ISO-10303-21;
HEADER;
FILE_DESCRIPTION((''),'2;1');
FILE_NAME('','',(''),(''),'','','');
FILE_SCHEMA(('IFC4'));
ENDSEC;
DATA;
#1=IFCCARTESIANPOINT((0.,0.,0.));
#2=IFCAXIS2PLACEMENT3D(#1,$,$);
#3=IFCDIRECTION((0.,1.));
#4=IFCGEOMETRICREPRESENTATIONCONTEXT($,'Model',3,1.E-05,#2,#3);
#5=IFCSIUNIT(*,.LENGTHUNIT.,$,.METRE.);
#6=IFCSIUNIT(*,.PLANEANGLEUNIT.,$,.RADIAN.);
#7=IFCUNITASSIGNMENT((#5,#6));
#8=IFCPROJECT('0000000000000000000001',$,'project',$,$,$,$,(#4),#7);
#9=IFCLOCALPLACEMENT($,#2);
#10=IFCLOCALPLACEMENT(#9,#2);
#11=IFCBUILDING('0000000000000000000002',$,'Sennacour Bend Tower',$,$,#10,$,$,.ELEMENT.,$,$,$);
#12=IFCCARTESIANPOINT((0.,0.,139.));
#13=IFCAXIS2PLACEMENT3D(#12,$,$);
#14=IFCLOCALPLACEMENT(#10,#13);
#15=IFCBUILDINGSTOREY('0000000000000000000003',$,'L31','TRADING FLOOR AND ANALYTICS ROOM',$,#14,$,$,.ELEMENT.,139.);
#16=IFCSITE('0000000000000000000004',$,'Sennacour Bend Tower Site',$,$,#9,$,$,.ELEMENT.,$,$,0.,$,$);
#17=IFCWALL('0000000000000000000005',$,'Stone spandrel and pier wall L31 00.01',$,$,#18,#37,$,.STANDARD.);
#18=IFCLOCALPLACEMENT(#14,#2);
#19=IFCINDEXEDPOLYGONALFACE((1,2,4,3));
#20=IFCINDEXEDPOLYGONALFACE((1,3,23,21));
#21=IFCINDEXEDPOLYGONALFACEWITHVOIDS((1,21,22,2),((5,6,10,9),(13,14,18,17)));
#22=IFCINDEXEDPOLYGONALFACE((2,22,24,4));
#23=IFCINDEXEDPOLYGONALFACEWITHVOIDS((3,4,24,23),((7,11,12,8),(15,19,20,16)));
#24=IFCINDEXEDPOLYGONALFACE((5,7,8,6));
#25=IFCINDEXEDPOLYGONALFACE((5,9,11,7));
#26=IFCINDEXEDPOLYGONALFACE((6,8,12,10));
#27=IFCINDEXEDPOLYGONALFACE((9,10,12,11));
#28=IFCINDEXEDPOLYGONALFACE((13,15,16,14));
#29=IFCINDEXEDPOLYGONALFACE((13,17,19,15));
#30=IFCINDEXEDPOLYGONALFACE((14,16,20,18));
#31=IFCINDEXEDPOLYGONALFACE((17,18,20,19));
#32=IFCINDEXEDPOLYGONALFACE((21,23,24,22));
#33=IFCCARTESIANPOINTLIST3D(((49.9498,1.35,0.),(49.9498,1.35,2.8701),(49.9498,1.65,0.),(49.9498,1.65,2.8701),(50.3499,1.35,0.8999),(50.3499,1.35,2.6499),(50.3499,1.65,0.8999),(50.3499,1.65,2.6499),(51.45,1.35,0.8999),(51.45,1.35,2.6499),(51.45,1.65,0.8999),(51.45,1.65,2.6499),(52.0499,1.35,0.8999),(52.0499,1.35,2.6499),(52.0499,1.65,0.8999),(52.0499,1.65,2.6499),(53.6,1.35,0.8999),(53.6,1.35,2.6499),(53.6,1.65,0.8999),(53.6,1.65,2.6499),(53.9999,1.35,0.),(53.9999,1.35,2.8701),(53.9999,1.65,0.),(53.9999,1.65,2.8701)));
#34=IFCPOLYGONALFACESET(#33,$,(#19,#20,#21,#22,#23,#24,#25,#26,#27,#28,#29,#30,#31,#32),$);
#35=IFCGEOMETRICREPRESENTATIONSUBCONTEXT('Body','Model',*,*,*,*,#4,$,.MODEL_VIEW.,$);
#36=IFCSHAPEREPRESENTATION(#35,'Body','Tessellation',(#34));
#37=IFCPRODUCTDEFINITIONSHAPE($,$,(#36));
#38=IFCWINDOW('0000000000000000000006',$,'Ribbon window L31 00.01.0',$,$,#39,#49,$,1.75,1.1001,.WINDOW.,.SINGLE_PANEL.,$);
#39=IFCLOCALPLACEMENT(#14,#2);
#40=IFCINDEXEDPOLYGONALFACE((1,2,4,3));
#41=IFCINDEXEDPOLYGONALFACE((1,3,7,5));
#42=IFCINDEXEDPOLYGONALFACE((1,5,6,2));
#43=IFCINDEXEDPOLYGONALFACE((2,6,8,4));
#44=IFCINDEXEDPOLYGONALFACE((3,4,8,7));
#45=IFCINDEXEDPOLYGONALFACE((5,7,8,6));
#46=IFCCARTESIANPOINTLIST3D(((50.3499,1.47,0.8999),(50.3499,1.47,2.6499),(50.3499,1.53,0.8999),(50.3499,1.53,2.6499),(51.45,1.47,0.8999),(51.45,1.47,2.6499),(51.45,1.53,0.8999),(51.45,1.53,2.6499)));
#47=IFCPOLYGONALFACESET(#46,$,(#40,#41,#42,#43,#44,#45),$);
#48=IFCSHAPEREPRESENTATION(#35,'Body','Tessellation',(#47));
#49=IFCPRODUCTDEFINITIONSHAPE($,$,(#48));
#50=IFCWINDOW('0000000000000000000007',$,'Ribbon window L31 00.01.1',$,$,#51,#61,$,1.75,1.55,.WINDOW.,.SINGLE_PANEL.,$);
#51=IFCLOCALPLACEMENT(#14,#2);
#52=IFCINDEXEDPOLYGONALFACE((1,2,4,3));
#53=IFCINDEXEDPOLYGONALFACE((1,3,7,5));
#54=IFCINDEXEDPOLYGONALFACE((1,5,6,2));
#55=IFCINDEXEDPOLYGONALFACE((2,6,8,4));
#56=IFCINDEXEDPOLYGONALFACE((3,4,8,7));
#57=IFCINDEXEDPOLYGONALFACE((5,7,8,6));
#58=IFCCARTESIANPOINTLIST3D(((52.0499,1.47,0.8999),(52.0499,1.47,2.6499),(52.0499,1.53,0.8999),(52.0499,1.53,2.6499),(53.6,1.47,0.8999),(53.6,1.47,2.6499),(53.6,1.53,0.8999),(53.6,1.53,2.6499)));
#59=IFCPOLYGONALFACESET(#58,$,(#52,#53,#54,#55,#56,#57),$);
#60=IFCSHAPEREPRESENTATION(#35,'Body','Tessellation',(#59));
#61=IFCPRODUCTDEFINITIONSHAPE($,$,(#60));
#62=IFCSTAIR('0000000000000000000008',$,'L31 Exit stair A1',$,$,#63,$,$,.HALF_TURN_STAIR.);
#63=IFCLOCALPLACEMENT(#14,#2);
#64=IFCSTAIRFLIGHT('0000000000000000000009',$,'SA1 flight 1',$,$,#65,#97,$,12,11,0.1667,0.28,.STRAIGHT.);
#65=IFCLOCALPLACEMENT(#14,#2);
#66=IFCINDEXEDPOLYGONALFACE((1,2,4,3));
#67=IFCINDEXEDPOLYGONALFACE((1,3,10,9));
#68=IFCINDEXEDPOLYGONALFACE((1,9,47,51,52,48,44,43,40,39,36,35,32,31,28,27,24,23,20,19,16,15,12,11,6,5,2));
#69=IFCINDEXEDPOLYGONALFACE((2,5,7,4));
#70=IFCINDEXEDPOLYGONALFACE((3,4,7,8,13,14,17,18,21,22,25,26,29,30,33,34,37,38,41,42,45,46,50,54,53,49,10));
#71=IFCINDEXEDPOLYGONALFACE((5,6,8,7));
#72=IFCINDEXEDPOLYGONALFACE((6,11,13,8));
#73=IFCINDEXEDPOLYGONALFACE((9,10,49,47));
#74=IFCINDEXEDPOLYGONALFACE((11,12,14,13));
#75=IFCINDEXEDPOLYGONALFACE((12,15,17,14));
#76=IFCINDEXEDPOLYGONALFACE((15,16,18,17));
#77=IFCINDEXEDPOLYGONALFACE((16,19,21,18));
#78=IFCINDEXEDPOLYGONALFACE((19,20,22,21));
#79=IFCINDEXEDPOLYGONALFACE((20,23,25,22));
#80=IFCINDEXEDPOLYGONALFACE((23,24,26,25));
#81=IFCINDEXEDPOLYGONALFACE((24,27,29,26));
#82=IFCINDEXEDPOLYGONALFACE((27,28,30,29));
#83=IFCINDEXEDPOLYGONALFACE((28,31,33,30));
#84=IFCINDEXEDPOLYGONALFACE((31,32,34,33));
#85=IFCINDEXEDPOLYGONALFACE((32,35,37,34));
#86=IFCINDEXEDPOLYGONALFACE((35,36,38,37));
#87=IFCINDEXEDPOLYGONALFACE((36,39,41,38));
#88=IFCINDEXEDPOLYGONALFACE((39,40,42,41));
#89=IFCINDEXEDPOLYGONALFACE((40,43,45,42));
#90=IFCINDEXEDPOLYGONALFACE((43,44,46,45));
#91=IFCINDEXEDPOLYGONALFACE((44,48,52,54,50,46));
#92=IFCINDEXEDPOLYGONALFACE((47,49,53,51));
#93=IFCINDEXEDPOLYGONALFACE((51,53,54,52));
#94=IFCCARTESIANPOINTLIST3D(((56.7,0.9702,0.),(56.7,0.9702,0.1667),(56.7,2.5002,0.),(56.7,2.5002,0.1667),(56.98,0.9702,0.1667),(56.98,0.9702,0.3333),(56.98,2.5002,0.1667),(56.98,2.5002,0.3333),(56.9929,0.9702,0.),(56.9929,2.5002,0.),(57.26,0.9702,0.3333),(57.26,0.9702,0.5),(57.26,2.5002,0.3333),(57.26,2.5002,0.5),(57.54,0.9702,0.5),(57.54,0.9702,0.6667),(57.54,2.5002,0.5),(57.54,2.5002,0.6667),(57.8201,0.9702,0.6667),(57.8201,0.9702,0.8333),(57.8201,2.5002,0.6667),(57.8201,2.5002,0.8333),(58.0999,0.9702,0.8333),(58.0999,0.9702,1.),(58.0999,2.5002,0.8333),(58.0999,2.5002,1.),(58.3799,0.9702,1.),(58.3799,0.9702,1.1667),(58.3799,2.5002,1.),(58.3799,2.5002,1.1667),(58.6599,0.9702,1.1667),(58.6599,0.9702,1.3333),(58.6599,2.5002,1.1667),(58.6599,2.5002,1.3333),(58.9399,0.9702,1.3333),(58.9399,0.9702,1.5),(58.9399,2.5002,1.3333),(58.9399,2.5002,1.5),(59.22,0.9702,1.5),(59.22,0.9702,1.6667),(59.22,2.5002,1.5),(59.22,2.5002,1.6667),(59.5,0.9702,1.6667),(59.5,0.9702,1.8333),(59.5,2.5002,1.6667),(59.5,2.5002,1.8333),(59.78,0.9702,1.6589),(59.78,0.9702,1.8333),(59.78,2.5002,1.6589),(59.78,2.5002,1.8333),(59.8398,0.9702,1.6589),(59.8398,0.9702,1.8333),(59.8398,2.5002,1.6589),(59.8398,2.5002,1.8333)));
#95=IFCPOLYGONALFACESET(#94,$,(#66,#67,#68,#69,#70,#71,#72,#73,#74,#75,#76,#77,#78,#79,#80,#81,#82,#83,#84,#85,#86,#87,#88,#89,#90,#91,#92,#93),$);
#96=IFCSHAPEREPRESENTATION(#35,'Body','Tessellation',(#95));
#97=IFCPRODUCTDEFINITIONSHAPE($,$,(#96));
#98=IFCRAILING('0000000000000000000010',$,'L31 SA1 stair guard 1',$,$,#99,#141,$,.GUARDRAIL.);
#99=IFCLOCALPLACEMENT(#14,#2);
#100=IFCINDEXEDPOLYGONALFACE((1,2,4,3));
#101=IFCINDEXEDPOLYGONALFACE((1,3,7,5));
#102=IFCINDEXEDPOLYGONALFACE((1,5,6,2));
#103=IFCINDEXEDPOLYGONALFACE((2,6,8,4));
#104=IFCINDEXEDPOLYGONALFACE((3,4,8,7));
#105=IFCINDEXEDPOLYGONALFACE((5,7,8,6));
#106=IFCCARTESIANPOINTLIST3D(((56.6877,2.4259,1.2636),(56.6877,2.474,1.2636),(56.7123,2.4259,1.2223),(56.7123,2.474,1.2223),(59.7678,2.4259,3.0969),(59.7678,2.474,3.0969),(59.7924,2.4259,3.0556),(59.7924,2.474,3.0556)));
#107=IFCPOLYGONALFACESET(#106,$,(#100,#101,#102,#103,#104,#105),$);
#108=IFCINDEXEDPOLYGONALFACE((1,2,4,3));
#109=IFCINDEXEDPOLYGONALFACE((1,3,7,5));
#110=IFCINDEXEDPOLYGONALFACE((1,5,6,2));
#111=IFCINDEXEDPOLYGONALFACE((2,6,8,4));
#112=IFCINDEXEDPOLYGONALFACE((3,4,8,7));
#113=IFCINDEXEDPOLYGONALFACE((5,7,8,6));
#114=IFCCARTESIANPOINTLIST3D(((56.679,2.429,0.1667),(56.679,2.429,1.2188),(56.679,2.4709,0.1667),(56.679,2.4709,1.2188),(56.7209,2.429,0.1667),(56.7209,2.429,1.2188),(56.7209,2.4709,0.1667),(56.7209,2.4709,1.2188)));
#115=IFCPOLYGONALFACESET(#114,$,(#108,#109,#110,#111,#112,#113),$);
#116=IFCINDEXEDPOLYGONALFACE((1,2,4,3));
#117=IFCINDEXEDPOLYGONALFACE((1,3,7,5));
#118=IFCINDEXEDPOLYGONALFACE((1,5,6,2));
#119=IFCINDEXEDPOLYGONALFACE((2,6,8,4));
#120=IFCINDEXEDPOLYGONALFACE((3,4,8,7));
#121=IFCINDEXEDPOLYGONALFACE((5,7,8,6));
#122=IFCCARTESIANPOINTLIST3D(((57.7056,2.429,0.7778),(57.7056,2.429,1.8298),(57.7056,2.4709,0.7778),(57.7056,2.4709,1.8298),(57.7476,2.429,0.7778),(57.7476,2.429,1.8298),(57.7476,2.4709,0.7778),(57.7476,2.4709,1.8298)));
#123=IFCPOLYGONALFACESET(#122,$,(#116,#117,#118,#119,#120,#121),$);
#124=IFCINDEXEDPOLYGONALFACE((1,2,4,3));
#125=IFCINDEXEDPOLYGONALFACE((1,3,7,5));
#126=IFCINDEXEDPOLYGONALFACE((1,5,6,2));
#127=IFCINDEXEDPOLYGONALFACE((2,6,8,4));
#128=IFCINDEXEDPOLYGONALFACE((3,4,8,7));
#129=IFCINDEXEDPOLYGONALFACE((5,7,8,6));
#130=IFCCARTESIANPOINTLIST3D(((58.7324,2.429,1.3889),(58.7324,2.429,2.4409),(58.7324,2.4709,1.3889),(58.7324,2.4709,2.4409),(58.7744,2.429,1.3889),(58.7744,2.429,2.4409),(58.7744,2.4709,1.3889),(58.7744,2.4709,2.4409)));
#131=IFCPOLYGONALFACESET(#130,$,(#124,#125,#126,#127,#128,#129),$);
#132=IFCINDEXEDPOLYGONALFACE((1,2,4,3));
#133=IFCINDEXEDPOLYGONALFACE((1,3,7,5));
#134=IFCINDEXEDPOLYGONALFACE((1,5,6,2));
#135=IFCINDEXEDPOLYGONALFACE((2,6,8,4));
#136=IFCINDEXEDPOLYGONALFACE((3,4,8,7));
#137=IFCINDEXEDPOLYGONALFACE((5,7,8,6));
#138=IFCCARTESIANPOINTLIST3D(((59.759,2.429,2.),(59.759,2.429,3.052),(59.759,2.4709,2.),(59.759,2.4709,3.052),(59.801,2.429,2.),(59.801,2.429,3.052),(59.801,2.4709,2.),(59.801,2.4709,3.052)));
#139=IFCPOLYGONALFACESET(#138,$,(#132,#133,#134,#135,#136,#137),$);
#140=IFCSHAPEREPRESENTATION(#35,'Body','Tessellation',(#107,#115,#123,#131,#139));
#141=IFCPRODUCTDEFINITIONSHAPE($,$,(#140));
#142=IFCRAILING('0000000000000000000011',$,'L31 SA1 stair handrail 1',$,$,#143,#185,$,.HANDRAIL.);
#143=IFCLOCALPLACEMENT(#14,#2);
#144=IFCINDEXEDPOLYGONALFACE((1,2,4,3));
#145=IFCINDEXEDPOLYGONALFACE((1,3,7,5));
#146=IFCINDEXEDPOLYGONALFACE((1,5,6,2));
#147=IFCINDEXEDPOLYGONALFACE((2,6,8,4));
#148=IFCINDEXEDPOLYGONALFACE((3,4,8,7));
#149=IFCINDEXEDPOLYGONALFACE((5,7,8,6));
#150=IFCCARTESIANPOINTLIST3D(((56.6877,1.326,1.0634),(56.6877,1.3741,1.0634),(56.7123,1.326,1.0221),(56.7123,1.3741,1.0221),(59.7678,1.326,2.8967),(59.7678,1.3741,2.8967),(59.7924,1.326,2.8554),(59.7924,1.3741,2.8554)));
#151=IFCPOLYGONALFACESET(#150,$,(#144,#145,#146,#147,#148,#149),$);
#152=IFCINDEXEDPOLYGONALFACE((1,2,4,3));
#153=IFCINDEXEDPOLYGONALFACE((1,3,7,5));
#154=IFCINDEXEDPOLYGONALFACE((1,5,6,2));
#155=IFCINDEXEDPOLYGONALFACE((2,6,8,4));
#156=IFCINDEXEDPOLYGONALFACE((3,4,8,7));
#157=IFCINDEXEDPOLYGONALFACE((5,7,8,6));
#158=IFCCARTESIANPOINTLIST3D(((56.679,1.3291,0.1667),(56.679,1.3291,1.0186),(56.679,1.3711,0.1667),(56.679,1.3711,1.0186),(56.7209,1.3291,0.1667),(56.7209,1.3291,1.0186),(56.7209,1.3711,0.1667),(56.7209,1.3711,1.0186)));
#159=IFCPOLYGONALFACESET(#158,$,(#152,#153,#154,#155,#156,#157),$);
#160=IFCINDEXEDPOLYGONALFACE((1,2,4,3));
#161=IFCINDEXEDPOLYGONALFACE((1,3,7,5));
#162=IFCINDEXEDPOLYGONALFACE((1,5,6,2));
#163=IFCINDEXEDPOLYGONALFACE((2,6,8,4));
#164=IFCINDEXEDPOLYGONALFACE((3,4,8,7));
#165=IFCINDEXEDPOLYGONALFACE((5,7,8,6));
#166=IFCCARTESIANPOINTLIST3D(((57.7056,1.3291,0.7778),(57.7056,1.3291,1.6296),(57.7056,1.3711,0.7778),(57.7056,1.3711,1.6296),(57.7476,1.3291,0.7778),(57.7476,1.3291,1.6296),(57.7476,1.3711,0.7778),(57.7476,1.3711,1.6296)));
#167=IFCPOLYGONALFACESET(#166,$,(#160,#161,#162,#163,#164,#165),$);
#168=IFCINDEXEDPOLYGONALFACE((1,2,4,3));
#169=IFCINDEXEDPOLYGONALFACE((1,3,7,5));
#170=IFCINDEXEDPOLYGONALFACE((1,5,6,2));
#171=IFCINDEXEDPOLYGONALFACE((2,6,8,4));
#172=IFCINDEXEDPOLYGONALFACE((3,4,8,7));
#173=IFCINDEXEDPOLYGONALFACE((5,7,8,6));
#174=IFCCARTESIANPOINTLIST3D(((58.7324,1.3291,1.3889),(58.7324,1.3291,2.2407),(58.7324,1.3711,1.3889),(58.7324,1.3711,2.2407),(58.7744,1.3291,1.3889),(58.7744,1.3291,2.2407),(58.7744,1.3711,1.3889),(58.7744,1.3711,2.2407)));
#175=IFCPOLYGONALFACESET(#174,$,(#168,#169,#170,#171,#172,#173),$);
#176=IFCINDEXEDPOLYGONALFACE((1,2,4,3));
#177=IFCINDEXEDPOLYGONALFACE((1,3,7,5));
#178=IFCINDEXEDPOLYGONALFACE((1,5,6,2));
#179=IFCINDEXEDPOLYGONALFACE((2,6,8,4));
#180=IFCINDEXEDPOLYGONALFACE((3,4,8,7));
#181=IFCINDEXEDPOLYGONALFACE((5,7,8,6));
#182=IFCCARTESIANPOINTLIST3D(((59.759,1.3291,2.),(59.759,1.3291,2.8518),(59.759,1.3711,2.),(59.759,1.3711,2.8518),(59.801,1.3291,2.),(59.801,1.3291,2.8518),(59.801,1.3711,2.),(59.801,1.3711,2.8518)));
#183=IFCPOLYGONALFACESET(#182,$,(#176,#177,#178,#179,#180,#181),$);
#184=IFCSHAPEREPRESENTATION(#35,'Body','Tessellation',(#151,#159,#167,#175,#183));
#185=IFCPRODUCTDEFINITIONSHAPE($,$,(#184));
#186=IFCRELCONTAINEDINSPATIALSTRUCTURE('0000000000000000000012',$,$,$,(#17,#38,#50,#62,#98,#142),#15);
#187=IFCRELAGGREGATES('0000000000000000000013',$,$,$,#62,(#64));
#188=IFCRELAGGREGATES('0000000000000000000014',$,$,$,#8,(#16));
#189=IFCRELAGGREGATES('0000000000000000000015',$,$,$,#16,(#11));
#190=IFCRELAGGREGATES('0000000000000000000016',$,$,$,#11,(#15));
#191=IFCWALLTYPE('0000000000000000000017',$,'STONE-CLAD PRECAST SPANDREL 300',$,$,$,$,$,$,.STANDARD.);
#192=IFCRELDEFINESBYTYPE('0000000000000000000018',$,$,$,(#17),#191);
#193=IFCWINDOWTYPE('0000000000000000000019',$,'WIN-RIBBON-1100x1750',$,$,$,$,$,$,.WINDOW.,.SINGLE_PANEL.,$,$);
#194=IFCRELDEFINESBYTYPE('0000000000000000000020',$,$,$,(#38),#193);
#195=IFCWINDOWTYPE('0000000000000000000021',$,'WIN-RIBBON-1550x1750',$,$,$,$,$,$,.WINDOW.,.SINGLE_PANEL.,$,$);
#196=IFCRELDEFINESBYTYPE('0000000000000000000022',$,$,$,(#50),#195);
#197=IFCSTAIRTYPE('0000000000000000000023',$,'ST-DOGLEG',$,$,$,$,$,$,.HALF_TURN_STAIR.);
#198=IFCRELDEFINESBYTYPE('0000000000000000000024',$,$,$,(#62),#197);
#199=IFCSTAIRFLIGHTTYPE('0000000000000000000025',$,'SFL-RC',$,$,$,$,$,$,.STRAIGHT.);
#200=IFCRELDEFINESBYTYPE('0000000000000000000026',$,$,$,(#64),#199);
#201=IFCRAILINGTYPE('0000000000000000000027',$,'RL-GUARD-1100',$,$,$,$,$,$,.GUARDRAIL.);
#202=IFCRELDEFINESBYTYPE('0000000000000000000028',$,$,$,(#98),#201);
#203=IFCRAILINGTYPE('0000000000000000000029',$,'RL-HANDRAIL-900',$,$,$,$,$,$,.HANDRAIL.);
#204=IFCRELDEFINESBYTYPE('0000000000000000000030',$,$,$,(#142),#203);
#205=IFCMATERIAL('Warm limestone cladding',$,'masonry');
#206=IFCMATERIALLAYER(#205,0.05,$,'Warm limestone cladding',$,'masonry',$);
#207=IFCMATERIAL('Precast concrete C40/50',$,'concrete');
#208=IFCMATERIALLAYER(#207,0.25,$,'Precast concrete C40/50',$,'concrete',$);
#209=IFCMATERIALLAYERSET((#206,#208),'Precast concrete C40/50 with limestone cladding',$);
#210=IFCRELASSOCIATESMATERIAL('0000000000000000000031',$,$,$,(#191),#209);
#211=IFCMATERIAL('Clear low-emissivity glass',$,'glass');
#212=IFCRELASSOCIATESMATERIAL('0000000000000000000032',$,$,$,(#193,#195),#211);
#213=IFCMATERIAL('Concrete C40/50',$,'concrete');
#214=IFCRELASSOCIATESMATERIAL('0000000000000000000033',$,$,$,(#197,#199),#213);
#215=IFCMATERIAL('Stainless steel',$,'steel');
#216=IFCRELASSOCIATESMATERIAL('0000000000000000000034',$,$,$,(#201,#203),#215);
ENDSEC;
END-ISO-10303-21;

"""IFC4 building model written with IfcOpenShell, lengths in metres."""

from ifc_helpers import new_model, si_unit, direction, frame, frame_2d, origin, origin_2d, place, context, subcontext, project, spatial, polyline, rectangle, outline, extrude, material, layer, layer_set, type_object, element, fill, aggregate, save


model = new_model("IFC4")

# Units and contexts
model_context = context("Model", 3, precision=1e-05, world=origin(), true_north=direction((0.0, 1.0)))
body_context = subcontext(model_context, "Body", "Model", "MODEL_VIEW")
ifc_project = project(units=[si_unit("LENGTHUNIT", "METRE"), si_unit("PLANEANGLEUNIT", "RADIAN")], contexts=[model_context])

# Site, building, storey
site_placement = place(None, origin())
site = spatial("IfcSite", under=ifc_project, at=site_placement, Name="Sennacour Bend Tower Site", CompositionType="ELEMENT", RefElevation=0.0)
building_placement = place(site_placement, origin())
building = spatial("IfcBuilding", under=site, at=building_placement, Name="Sennacour Bend Tower", CompositionType="ELEMENT")
storey_placement = place(building_placement, frame((0.0, 0.0, 139.0)))
storey = spatial("IfcBuildingStorey", under=building, at=storey_placement, Name="L31", Description="TRADING FLOOR AND ANALYTICS ROOM", CompositionType="ELEMENT", Elevation=139.0)

# Wall, openings, windows
ifc_material_1 = material(Name="Warm limestone cladding", Category="masonry")
ifc_layer_1 = layer(ifc_material_1, 0.05, Name="Warm limestone cladding", Category="masonry")
ifc_material_2 = material(Name="Precast concrete C40/50", Category="concrete")
ifc_layer_2 = layer(ifc_material_2, 0.25, Name="Precast concrete C40/50", Category="concrete")
ifc_layer_set_1 = layer_set([ifc_layer_1, ifc_layer_2], Name="Precast concrete C40/50 with limestone cladding")
wall_type_1 = type_object("IfcWallType", Name="STONE-CLAD PRECAST SPANDREL 300", PredefinedType="STANDARD", material=ifc_layer_set_1)
wall_1_placement = place(storey_placement, frame((49.95, 1.5, 0.0), z_axis=(0.0, 0.0, 1.0), x_axis=(1.0, 0.0, 0.0)))
wall_1 = element("IfcWall", 1, at=wall_1_placement, inside=storey, type_object=wall_type_1, Name="Stone spandrel and pier wall L31 00.01", PredefinedType="STANDARD", context=body_context, shape_type="SweptSolid", body=[
    extrude(rectangle(XDim=4.05, YDim=0.3, at=frame_2d((2.0249, 0.0))), origin(), (0.0, 0.0, 1.0), 2.8701),
])
opening_1_placement = place(wall_1_placement, frame((0.3999, 0.0, 0.8999)))
opening_1 = element("IfcOpeningElement", 2, at=opening_1_placement, cuts=wall_1, PredefinedType="OPENING", context=body_context, shape_type="SweptSolid", body=[
    extrude(rectangle(XDim=1.1001, YDim=1.75, at=frame_2d((0.55, 0.875))), frame((0.0, 0.1602, 0.0), z_axis=(0.0, -1.0, 0.0), x_axis=(1.0, 0.0, 0.0)), (0.0, 0.0, 1.0), 0.3201),
])
opening_2_placement = place(wall_1_placement, frame((2.1001, 0.0, 0.8999)))
opening_2 = element("IfcOpeningElement", 3, at=opening_2_placement, cuts=wall_1, PredefinedType="OPENING", context=body_context, shape_type="SweptSolid", body=[
    extrude(rectangle(XDim=1.55, YDim=1.75, at=frame_2d((0.7749, 0.875))), frame((0.0, 0.1602, 0.0), z_axis=(0.0, -1.0, 0.0), x_axis=(1.0, 0.0, 0.0)), (0.0, 0.0, 1.0), 0.3201),
])
ifc_material_3 = material(Name="Clear low-emissivity glass", Category="glass")
window_type_1 = type_object("IfcWindowType", Name="WIN-RIBBON-1100x1750", PartitioningType="SINGLE_PANEL", PredefinedType="WINDOW", material=ifc_material_3)
window_1_placement = place(opening_1_placement, origin())
window_1 = element("IfcWindow", 4, at=window_1_placement, inside=storey, type_object=window_type_1, Name="Ribbon window L31 00.01.0", OverallHeight=1.75, OverallWidth=1.1001, PartitioningType="SINGLE_PANEL", PredefinedType="WINDOW", context=body_context, shape_type="SweptSolid", body=[
    extrude(rectangle(XDim=1.1001, YDim=1.75, at=frame_2d((0.55, 0.875))), frame((0.0, 0.03, 0.0), z_axis=(0.0, -1.0, 0.0), x_axis=(1.0, 0.0, 0.0)), (0.0, 0.0, 1.0), 0.0601),
])
fill(opening_1, window_1)
window_type_2 = type_object("IfcWindowType", Name="WIN-RIBBON-1550x1750", PartitioningType="SINGLE_PANEL", PredefinedType="WINDOW", material=ifc_material_3)
window_2_placement = place(opening_2_placement, origin())
window_2 = element("IfcWindow", 5, at=window_2_placement, inside=storey, type_object=window_type_2, Name="Ribbon window L31 00.01.1", OverallHeight=1.75, OverallWidth=1.55, PartitioningType="SINGLE_PANEL", PredefinedType="WINDOW", context=body_context, shape_type="SweptSolid", body=[
    extrude(rectangle(XDim=1.55, YDim=1.75, at=frame_2d((0.7749, 0.875))), frame((0.0, 0.03, 0.0), z_axis=(0.0, -1.0, 0.0), x_axis=(1.0, 0.0, 0.0)), (0.0, 0.0, 1.0), 0.0601),
])
fill(opening_2, window_2)

# Stair, stair flight
ifc_material_4 = material(Name="Concrete C40/50", Category="concrete")
stair_type = type_object("IfcStairType", Name="ST-DOGLEG", PredefinedType="HALF_TURN_STAIR", material=ifc_material_4)
stair_placement = place(storey_placement, origin())
stair = element("IfcStair", 6, at=stair_placement, inside=storey, type_object=stair_type, Name="L31 Exit stair A1", PredefinedType="HALF_TURN_STAIR")
stair_flight_type = type_object("IfcStairFlightType", Name="SFL-RC", PredefinedType="STRAIGHT", material=ifc_material_4)
stair_flight_placement = place(storey_placement, frame((56.7, 1.7351, 0.0), z_axis=(0.0, 0.0, 1.0), x_axis=(1.0, 0.0, 0.0)))
stair_flight = element("IfcStairFlight", 7, at=stair_flight_placement, type_object=stair_flight_type, Name="SA1 flight 1", NumberOfRisers=12, NumberOfTreads=11, PredefinedType="STRAIGHT", RiserHeight=0.1667, TreadLength=0.28, context=body_context, shape_type="SweptSolid", body=[
    extrude(outline(polyline([(0.0, 0.0), (0.0, 0.1667), (0.28, 0.1667), (0.28, 0.3333), (0.5601, 0.3333), (0.5601, 0.5), (0.8401, 0.5), (0.8401, 0.6667), (1.1201, 0.6667), (1.1201, 0.8333), (1.3999, 0.8333), (1.3999, 1.0), (1.6799, 1.0), (1.6799, 1.1667), (1.96, 1.1667), (1.96, 1.3333), (2.24, 1.3333), (2.24, 1.5), (2.52, 1.5), (2.52, 1.6667), (2.8, 1.6667), (2.8, 1.8333), (3.0801, 1.8333), (3.1399, 1.8333), (3.1399, 1.6589), (3.0801, 1.6589), (0.293, 0.0), (0.0, 0.0)])), frame((0.0, 0.7651, 0.0), z_axis=(0.0, -1.0, 0.0), x_axis=(1.0, 0.0, 0.0)), (0.0, 0.0, 1.0), 1.53),
])
aggregate(stair, [stair_flight])

# Railings
ifc_material_5 = material(Name="Stainless steel", Category="steel")
railing_type_1 = type_object("IfcRailingType", Name="RL-GUARD-1100", PredefinedType="GUARDRAIL", material=ifc_material_5)
railing_1_placement = place(storey_placement, frame((56.7, 2.45, 0.1667)))
element("IfcRailing", 8, at=railing_1_placement, inside=storey, type_object=railing_type_1, Name="L31 SA1 stair guard 1", PredefinedType="GUARDRAIL", context=body_context, shape_type="SweptSolid", body=[
    extrude(rectangle(XDim=0.0481, YDim=0.0481, at=origin_2d()), frame((0.0, 0.0, 1.0762), z_axis=(0.859309, 0.0, 0.511458), x_axis=(0.0, 1.0, 0.0)), (0.0, 0.0, 1.0), 3.5845),
    extrude(rectangle(XDim=0.042, YDim=0.042, at=origin_2d()), origin(), (0.0, 0.0, 1.0), 1.052),
    extrude(rectangle(XDim=0.042, YDim=0.042, at=origin_2d()), frame((1.0266, 0.0, 0.6111)), (0.0, 0.0, 1.0), 1.052),
    extrude(rectangle(XDim=0.042, YDim=0.042, at=origin_2d()), frame((2.0535, 0.0, 1.2222)), (0.0, 0.0, 1.0), 1.052),
    extrude(rectangle(XDim=0.042, YDim=0.042, at=origin_2d()), frame((3.0801, 0.0, 1.8333)), (0.0, 0.0, 1.0), 1.052),
])
railing_type_2 = type_object("IfcRailingType", Name="RL-HANDRAIL-900", PredefinedType="HANDRAIL", material=ifc_material_5)
railing_2_placement = place(storey_placement, frame((56.7, 1.3501, 0.1667)))
element("IfcRailing", 9, at=railing_2_placement, inside=storey, type_object=railing_type_2, Name="L31 SA1 stair handrail 1", PredefinedType="HANDRAIL", context=body_context, shape_type="SweptSolid", body=[
    extrude(rectangle(XDim=0.0481, YDim=0.0481, at=origin_2d()), frame((0.0, 0.0, 0.876), z_axis=(0.859309, 0.0, 0.511458), x_axis=(0.0, 1.0, 0.0)), (0.0, 0.0, 1.0), 3.5845),
    extrude(rectangle(XDim=0.042, YDim=0.042, at=origin_2d()), origin(), (0.0, 0.0, 1.0), 0.8518),
    extrude(rectangle(XDim=0.042, YDim=0.042, at=origin_2d()), frame((1.0266, 0.0, 0.6111)), (0.0, 0.0, 1.0), 0.8518),
    extrude(rectangle(XDim=0.042, YDim=0.042, at=origin_2d()), frame((2.0535, 0.0, 1.2222)), (0.0, 0.0, 1.0), 0.8518),
    extrude(rectangle(XDim=0.042, YDim=0.042, at=origin_2d()), frame((3.0801, 0.0, 1.8333)), (0.0, 0.0, 1.0), 0.8518),
])

save(model, "model.ifc")
